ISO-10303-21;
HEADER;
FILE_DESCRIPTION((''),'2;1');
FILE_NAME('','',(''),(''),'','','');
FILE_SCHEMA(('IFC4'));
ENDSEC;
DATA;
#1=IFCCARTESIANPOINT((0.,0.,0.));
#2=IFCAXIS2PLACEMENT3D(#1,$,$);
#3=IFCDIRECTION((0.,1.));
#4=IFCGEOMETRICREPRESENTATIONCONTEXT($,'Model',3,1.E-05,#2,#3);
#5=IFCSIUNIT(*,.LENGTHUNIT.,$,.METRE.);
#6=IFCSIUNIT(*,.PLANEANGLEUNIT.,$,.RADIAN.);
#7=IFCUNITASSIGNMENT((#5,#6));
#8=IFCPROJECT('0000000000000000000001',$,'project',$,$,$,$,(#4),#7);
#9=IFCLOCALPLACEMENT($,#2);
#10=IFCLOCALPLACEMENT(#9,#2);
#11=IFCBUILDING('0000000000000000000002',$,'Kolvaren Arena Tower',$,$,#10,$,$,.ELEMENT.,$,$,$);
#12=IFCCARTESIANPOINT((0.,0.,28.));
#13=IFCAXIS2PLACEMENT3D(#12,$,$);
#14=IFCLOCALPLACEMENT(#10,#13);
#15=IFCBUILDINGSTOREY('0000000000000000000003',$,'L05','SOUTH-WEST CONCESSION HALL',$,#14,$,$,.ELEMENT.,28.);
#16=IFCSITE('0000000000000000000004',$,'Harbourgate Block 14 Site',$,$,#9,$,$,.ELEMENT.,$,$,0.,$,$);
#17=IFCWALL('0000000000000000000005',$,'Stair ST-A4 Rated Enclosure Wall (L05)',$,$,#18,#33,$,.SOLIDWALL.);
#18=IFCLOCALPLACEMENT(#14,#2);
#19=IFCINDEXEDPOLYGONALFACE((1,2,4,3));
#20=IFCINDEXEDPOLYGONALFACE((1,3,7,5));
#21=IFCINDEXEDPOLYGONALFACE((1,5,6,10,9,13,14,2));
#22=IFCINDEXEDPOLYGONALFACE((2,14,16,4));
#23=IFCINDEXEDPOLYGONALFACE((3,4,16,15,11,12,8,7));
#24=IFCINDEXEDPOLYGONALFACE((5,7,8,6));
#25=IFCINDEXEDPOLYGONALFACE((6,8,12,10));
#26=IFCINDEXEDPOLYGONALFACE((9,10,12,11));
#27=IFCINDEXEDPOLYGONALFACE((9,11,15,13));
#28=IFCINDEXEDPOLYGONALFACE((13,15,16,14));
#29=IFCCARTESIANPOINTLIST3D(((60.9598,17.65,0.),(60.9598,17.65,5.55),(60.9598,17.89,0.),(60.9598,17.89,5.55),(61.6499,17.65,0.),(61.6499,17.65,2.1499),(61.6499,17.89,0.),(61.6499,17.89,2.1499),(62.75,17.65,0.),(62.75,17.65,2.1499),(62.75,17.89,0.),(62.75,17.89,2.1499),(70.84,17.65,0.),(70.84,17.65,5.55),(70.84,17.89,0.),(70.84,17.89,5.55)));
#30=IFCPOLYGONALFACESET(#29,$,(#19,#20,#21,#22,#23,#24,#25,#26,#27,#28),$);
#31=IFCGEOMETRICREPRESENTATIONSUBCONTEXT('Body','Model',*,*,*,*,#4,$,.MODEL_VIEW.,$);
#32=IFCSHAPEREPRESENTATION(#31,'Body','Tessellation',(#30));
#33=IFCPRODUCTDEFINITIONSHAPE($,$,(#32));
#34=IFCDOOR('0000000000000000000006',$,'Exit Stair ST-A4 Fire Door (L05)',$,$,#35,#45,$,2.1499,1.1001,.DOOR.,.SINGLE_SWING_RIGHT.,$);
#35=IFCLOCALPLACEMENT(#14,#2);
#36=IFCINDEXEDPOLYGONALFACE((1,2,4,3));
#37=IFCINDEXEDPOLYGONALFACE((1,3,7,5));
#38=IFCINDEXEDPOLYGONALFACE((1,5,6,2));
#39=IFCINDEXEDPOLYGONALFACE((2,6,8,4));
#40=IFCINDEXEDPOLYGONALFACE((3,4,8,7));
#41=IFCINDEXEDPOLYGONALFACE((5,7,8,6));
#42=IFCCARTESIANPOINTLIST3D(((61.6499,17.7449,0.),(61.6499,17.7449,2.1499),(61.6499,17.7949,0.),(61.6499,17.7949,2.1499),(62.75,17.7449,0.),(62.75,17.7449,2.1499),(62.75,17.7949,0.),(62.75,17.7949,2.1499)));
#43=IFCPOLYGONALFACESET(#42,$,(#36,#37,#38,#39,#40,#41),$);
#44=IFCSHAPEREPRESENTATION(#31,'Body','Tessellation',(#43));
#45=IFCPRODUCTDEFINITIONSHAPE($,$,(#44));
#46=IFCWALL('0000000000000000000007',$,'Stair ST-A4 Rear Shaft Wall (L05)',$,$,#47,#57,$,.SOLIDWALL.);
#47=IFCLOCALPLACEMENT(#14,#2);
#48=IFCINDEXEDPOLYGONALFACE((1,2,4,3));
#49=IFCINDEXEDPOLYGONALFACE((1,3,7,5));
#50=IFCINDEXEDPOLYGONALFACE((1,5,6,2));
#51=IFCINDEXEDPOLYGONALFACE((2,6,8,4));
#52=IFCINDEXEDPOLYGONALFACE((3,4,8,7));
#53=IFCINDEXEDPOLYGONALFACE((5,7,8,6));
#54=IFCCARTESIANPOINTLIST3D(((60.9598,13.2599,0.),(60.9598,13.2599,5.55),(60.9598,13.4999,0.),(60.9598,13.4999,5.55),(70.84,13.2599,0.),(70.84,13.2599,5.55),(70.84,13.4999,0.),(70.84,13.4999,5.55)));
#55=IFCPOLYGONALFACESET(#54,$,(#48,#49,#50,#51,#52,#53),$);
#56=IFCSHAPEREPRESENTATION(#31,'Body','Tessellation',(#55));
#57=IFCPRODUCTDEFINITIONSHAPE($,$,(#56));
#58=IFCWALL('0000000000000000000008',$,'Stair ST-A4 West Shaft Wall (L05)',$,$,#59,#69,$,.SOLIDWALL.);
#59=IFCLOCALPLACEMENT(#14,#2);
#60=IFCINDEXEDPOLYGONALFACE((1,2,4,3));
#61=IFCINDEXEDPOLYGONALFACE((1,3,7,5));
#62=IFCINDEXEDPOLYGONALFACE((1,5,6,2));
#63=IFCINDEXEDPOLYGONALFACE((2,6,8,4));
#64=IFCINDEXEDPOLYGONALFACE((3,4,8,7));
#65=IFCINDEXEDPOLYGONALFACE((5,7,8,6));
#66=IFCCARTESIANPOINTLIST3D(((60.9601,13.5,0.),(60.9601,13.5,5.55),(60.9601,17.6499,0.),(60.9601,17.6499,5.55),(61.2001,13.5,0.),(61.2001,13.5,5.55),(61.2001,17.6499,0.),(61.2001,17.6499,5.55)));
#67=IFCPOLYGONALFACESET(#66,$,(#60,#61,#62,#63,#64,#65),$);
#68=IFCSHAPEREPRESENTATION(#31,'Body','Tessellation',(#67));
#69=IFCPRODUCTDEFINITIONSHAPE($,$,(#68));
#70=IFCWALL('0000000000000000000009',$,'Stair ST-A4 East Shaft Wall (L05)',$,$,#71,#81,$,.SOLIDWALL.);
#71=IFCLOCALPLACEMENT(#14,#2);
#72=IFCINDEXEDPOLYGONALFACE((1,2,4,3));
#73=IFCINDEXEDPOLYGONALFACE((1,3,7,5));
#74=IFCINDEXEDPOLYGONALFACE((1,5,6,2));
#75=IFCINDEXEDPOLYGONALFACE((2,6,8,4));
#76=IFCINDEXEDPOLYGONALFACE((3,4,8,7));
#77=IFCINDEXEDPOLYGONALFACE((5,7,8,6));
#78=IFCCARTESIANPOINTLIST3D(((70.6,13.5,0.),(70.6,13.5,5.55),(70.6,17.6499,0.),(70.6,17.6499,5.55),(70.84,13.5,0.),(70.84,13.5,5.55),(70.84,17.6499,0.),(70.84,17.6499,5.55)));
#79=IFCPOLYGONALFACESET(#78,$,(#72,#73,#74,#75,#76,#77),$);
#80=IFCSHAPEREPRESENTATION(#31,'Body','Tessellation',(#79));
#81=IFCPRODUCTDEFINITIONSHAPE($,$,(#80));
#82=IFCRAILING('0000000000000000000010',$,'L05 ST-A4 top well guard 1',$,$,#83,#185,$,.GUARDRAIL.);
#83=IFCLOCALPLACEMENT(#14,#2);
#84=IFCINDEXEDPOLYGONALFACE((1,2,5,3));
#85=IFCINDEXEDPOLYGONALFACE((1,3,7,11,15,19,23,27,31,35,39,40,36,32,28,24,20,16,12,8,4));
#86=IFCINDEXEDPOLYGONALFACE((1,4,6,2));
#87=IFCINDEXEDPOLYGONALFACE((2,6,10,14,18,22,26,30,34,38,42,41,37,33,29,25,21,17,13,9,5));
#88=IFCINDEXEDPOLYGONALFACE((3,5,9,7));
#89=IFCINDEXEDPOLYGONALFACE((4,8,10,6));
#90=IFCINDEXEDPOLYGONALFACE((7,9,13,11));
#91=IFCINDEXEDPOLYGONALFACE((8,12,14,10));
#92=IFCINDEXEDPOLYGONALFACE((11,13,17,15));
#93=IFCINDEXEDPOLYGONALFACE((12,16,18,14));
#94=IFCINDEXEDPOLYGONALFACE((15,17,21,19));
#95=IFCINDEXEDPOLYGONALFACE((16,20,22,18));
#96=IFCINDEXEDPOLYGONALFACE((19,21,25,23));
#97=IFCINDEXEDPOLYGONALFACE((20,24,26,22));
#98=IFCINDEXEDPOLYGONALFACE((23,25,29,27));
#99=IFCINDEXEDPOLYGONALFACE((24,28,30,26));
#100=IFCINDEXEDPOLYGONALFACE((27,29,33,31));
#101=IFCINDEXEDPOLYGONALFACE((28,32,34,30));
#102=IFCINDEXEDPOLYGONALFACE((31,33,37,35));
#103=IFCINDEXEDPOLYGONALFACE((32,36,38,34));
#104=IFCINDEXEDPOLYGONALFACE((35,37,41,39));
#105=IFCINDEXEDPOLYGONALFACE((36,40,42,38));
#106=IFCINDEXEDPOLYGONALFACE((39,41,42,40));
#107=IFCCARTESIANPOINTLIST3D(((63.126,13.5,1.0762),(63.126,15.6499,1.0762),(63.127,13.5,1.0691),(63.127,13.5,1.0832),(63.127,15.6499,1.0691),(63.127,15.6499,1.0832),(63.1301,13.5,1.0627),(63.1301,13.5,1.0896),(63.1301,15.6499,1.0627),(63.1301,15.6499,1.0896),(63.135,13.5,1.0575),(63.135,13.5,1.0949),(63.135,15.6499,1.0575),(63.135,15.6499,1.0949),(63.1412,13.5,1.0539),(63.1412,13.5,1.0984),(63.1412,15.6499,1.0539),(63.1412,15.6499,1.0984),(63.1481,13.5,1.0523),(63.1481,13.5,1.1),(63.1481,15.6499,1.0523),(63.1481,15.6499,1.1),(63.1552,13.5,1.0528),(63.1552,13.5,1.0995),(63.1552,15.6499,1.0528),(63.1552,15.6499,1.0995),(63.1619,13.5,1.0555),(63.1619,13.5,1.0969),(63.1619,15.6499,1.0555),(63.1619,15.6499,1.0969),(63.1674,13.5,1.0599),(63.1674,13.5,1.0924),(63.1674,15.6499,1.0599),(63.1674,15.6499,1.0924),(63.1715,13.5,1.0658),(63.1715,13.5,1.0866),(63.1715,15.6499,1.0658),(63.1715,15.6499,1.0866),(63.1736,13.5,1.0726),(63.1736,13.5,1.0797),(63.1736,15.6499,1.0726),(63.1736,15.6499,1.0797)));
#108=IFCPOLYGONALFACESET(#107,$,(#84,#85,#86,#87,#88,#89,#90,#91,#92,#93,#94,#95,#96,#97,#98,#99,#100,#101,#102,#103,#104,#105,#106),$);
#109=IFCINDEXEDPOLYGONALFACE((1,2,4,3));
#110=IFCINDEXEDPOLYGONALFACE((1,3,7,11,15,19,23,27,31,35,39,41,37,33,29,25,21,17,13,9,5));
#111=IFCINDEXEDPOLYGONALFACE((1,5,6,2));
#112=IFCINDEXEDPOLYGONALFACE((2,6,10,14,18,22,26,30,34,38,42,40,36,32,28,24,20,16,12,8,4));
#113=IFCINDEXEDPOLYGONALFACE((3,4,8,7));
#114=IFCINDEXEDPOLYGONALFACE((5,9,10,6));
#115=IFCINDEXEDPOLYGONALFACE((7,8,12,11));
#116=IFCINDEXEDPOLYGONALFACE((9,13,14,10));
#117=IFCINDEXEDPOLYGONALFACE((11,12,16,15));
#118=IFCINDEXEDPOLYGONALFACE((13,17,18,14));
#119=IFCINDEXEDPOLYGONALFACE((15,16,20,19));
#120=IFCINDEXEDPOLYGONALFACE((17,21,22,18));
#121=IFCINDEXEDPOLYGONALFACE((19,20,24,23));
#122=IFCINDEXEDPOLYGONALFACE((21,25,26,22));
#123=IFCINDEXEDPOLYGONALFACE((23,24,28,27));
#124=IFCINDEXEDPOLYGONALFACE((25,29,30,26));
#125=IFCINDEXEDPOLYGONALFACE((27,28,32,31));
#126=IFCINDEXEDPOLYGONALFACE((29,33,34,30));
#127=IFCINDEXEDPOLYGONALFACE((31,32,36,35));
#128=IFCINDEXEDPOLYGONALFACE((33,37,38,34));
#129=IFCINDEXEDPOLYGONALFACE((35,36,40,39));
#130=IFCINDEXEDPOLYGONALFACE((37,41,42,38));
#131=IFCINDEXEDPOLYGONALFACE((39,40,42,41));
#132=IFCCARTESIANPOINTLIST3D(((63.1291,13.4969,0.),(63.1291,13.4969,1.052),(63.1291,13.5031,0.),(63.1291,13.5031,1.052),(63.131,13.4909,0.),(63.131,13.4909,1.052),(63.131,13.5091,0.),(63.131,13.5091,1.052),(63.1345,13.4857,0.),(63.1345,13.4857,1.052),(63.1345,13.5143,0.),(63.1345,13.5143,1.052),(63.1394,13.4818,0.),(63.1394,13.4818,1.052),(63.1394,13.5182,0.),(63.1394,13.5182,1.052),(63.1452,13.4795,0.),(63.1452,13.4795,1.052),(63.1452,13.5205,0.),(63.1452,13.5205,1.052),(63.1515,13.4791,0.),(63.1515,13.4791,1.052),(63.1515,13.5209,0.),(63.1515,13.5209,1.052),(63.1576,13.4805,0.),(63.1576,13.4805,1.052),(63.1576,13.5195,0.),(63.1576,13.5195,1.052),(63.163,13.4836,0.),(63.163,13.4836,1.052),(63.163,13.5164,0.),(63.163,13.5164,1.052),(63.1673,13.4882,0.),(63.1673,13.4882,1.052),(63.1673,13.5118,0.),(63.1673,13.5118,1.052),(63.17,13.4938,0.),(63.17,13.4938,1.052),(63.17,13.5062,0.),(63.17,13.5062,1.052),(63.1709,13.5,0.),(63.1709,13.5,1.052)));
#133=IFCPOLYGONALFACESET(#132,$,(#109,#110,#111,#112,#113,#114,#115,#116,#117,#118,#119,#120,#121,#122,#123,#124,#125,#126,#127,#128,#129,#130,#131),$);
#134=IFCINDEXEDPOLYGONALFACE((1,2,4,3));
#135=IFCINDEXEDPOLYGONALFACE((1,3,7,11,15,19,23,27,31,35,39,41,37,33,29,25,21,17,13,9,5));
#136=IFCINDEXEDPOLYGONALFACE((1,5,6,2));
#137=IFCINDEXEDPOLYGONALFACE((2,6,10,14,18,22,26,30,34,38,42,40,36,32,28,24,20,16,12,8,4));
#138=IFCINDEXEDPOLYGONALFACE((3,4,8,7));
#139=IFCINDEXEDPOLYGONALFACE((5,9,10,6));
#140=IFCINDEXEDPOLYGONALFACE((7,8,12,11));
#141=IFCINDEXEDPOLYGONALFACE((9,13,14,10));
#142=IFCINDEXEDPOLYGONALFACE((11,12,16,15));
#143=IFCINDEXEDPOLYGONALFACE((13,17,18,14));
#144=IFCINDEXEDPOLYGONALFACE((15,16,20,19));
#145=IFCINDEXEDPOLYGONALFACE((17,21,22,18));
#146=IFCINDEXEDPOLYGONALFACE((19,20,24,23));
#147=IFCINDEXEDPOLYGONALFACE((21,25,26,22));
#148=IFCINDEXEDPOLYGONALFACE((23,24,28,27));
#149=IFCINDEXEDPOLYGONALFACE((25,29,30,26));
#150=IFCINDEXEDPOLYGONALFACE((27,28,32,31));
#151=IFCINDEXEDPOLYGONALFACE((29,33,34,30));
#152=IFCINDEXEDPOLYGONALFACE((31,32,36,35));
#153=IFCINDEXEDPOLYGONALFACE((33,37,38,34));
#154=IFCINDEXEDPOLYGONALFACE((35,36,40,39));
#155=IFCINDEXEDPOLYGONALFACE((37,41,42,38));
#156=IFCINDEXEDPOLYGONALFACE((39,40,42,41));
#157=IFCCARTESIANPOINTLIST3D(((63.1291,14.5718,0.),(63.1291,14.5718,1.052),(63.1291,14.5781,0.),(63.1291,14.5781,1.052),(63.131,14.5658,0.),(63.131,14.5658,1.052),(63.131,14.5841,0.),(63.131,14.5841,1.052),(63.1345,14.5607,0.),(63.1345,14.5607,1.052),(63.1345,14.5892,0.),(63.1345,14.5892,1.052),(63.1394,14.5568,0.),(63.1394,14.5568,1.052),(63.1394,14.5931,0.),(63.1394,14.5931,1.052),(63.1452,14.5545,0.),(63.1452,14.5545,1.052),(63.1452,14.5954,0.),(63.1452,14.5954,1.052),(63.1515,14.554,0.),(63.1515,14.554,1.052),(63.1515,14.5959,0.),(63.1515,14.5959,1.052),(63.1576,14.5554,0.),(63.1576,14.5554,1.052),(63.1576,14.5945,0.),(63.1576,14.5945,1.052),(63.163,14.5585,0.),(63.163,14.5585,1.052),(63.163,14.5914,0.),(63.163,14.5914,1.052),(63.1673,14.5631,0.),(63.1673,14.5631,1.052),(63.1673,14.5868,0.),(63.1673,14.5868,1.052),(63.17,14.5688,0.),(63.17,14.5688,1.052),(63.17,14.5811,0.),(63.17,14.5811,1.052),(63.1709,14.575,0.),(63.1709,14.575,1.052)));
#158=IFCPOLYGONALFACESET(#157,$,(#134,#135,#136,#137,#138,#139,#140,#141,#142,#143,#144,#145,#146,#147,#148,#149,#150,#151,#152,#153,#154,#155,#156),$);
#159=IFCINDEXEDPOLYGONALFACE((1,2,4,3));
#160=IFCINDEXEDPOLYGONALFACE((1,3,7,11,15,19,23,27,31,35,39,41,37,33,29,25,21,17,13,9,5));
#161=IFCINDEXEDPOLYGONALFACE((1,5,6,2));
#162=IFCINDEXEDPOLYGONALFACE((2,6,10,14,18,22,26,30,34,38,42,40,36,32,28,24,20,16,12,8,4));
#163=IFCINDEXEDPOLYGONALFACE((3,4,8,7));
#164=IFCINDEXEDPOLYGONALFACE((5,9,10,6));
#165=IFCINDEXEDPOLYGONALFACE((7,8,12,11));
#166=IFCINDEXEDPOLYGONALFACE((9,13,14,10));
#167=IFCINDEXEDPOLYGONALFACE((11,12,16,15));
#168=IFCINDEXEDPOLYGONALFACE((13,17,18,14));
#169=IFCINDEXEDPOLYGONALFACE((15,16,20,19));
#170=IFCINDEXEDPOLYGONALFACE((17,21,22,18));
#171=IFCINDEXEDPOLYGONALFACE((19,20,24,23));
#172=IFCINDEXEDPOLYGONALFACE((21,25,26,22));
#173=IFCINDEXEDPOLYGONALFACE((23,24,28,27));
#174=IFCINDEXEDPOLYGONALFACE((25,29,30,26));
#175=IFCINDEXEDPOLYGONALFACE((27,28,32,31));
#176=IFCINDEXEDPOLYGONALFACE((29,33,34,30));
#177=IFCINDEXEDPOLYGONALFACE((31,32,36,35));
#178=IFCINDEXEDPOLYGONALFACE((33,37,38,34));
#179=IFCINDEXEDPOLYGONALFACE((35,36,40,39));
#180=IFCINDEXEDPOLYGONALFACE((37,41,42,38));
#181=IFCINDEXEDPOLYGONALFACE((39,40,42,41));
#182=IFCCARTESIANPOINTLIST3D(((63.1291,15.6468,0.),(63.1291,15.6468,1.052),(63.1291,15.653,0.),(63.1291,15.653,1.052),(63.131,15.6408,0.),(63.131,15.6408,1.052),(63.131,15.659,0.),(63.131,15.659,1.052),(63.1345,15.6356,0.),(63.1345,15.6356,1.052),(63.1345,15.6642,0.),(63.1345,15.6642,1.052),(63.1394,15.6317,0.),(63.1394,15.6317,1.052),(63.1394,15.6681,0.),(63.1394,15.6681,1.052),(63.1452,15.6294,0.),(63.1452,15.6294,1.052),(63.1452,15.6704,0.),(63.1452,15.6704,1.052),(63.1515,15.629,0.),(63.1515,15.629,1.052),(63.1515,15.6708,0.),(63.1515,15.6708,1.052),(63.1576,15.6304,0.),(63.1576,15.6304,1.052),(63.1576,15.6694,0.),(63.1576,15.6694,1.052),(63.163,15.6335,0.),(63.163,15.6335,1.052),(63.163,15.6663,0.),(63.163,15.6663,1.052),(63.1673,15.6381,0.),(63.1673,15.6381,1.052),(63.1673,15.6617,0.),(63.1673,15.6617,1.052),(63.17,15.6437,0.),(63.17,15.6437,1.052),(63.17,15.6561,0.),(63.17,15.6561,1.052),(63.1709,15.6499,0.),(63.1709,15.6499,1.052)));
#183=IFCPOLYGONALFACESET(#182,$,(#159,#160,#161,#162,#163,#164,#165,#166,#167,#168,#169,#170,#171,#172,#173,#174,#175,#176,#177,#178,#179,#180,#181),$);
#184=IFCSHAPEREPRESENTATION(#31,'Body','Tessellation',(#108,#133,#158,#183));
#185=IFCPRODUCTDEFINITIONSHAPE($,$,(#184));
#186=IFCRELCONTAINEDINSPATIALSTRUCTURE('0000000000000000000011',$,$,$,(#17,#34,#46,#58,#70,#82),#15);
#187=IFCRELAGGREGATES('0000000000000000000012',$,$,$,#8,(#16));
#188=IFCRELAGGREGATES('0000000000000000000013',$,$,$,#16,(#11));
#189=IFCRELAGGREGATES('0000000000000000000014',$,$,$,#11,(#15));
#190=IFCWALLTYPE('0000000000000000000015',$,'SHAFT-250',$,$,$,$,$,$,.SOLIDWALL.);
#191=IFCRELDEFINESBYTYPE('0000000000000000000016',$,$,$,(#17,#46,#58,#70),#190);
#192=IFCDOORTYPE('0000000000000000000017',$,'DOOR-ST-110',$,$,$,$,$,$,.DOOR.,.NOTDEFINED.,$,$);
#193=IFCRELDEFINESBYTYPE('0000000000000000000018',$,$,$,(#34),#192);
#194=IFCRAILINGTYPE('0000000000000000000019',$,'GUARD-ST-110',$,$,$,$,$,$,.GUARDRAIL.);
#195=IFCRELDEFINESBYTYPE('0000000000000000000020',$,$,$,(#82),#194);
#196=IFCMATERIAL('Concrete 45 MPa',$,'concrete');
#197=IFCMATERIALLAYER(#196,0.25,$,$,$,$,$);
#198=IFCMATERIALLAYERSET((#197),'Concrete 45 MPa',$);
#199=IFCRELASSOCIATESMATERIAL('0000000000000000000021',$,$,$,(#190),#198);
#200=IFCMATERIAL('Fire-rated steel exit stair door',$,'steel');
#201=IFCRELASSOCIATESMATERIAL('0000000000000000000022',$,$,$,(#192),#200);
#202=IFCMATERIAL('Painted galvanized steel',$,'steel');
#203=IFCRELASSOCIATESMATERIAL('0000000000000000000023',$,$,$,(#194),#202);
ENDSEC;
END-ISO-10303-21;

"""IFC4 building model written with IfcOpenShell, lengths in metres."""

from ifc_helpers import new_model, si_unit, direction, frame, frame_2d, origin, origin_2d, place, context, subcontext, project, spatial, rectangle, circle, extrude, material, layer, layer_set, type_object, element, fill, save


model = new_model("IFC4")

# Units and contexts
model_context = context("Model", 3, precision=1e-05, world=origin(), true_north=direction((0.0, 1.0)))
body_context = subcontext(model_context, "Body", "Model", "MODEL_VIEW")
ifc_project = project(units=[si_unit("LENGTHUNIT", "METRE"), si_unit("PLANEANGLEUNIT", "RADIAN")], contexts=[model_context])

# Site, building, storey
site_placement = place(None, origin())
site = spatial("IfcSite", under=ifc_project, at=site_placement, Name="Harbourgate Block 14 Site", CompositionType="ELEMENT", RefElevation=0.0)
building_placement = place(site_placement, origin())
building = spatial("IfcBuilding", under=site, at=building_placement, Name="Kolvaren Arena Tower", CompositionType="ELEMENT")
storey_placement = place(building_placement, frame((0.0, 0.0, 28.0)))
storey = spatial("IfcBuildingStorey", under=building, at=storey_placement, Name="L05", Description="SOUTH-WEST CONCESSION HALL", CompositionType="ELEMENT", Elevation=28.0)

# Wall, opening, door
ifc_material_1 = material(Name="Concrete 45 MPa", Category="concrete")
ifc_layer_1 = layer(ifc_material_1, 0.25)
ifc_layer_set_1 = layer_set([ifc_layer_1], Name="Concrete 45 MPa")
wall_type_1 = type_object("IfcWallType", Name="SHAFT-250", PredefinedType="SOLIDWALL", material=ifc_layer_set_1)
wall_1_placement = place(storey_placement, frame((60.96, 17.77, 0.0), z_axis=(0.0, 0.0, 1.0), x_axis=(1.0, 0.0, 0.0)))
wall_1 = element("IfcWall", 1, at=wall_1_placement, inside=storey, type_object=wall_type_1, Name="Stair ST-A4 Rated Enclosure Wall (L05)", PredefinedType="SOLIDWALL", context=body_context, shape_type="SweptSolid", body=[
    extrude(rectangle(XDim=9.8801, YDim=0.24, at=frame_2d((4.9399, 0.0))), origin(), (0.0, 0.0, 1.0), 5.55),
])
opening_1_placement = place(wall_1_placement, frame((0.6899, 0.0, 0.0)))
opening_1 = element("IfcOpeningElement", 2, at=opening_1_placement, cuts=wall_1, PredefinedType="OPENING", context=body_context, shape_type="SweptSolid", body=[
    extrude(rectangle(XDim=1.1001, YDim=2.1499, at=frame_2d((0.55, 1.075))), frame((0.0, 0.1299, 0.0), z_axis=(0.0, -1.0, 0.0), x_axis=(1.0, 0.0, 0.0)), (0.0, 0.0, 1.0), 0.26),
])
ifc_material_2 = material(Name="Fire-rated steel exit stair door", Category="steel")
door_type_1 = type_object("IfcDoorType", Name="DOOR-ST-110", OperationType="NOTDEFINED", PredefinedType="DOOR", material=ifc_material_2)
door_1_placement = place(opening_1_placement, origin())
door_1 = element("IfcDoor", 3, at=door_1_placement, inside=storey, type_object=door_type_1, Name="Exit Stair ST-A4 Fire Door (L05)", OperationType="SINGLE_SWING_RIGHT", OverallHeight=2.1499, OverallWidth=1.1001, PredefinedType="DOOR", context=body_context, shape_type="SweptSolid", body=[
    extrude(rectangle(XDim=1.1001, YDim=2.1499, at=frame_2d((0.55, 1.075))), frame((0.0, 0.0249, 0.0), z_axis=(0.0, -1.0, 0.0), x_axis=(1.0, 0.0, 0.0)), (0.0, 0.0, 1.0), 0.05),
])
fill(opening_1, door_1)

# Walls
wall_2_placement = place(storey_placement, frame((60.96, 13.3799, 0.0), z_axis=(0.0, 0.0, 1.0), x_axis=(1.0, 0.0, 0.0)))
element("IfcWall", 4, at=wall_2_placement, inside=storey, type_object=wall_type_1, Name="Stair ST-A4 Rear Shaft Wall (L05)", PredefinedType="SOLIDWALL", context=body_context, shape_type="SweptSolid", body=[
    extrude(rectangle(XDim=9.8801, YDim=0.24, at=frame_2d((4.9399, 0.0))), origin(), (0.0, 0.0, 1.0), 5.55),
])
for number, where, z_axis, x_axis, name in (
    (5, (61.0801, 13.5, 0.0), (0.0, 0.0, 1.0), (0.0, 1.0, 0.0), "Stair ST-A4 West Shaft Wall (L05)"),
    (6, (70.72, 13.5, 0.0), (0.0, 0.0, 1.0), (0.0, 1.0, 0.0), "Stair ST-A4 East Shaft Wall (L05)"),
):
    element("IfcWall", number, at=place(storey_placement, frame(where, z_axis=z_axis, x_axis=x_axis)), inside=storey, type_object=wall_type_1, Name=name, PredefinedType="SOLIDWALL", context=body_context, shape_type="SweptSolid", body=[
        extrude(rectangle(XDim=4.1499, YDim=0.24, at=frame_2d((2.075, 0.0))), origin(), (0.0, 0.0, 1.0), 5.55),
    ])

# Railing
ifc_material_3 = material(Name="Painted galvanized steel", Category="steel")
railing_type = type_object("IfcRailingType", Name="GUARD-ST-110", PredefinedType="GUARDRAIL", material=ifc_material_3)
railing_placement = place(storey_placement, frame((63.1499, 13.5, 0.0)))
element("IfcRailing", 7, at=railing_placement, inside=storey, type_object=railing_type, Name="L05 ST-A4 top well guard 1", PredefinedType="GUARDRAIL", context=body_context, shape_type="SweptSolid", body=[
    extrude(circle(Radius=0.0239, at=origin_2d()), frame((0.0, 0.0, 1.0762), z_axis=(0.0, 1.0, 0.0), x_axis=(-1.0, 0.0, 0.0)), (0.0, 0.0, 1.0), 2.1499),
    extrude(circle(Radius=0.021, at=origin_2d()), origin(), (0.0, 0.0, 1.0), 1.052),
    extrude(circle(Radius=0.021, at=origin_2d()), frame((0.0, 1.075, 0.0)), (0.0, 0.0, 1.0), 1.052),
    extrude(circle(Radius=0.021, at=origin_2d()), frame((0.0, 2.1499, 0.0)), (0.0, 0.0, 1.0), 1.052),
])

save(model, "model.ifc")
